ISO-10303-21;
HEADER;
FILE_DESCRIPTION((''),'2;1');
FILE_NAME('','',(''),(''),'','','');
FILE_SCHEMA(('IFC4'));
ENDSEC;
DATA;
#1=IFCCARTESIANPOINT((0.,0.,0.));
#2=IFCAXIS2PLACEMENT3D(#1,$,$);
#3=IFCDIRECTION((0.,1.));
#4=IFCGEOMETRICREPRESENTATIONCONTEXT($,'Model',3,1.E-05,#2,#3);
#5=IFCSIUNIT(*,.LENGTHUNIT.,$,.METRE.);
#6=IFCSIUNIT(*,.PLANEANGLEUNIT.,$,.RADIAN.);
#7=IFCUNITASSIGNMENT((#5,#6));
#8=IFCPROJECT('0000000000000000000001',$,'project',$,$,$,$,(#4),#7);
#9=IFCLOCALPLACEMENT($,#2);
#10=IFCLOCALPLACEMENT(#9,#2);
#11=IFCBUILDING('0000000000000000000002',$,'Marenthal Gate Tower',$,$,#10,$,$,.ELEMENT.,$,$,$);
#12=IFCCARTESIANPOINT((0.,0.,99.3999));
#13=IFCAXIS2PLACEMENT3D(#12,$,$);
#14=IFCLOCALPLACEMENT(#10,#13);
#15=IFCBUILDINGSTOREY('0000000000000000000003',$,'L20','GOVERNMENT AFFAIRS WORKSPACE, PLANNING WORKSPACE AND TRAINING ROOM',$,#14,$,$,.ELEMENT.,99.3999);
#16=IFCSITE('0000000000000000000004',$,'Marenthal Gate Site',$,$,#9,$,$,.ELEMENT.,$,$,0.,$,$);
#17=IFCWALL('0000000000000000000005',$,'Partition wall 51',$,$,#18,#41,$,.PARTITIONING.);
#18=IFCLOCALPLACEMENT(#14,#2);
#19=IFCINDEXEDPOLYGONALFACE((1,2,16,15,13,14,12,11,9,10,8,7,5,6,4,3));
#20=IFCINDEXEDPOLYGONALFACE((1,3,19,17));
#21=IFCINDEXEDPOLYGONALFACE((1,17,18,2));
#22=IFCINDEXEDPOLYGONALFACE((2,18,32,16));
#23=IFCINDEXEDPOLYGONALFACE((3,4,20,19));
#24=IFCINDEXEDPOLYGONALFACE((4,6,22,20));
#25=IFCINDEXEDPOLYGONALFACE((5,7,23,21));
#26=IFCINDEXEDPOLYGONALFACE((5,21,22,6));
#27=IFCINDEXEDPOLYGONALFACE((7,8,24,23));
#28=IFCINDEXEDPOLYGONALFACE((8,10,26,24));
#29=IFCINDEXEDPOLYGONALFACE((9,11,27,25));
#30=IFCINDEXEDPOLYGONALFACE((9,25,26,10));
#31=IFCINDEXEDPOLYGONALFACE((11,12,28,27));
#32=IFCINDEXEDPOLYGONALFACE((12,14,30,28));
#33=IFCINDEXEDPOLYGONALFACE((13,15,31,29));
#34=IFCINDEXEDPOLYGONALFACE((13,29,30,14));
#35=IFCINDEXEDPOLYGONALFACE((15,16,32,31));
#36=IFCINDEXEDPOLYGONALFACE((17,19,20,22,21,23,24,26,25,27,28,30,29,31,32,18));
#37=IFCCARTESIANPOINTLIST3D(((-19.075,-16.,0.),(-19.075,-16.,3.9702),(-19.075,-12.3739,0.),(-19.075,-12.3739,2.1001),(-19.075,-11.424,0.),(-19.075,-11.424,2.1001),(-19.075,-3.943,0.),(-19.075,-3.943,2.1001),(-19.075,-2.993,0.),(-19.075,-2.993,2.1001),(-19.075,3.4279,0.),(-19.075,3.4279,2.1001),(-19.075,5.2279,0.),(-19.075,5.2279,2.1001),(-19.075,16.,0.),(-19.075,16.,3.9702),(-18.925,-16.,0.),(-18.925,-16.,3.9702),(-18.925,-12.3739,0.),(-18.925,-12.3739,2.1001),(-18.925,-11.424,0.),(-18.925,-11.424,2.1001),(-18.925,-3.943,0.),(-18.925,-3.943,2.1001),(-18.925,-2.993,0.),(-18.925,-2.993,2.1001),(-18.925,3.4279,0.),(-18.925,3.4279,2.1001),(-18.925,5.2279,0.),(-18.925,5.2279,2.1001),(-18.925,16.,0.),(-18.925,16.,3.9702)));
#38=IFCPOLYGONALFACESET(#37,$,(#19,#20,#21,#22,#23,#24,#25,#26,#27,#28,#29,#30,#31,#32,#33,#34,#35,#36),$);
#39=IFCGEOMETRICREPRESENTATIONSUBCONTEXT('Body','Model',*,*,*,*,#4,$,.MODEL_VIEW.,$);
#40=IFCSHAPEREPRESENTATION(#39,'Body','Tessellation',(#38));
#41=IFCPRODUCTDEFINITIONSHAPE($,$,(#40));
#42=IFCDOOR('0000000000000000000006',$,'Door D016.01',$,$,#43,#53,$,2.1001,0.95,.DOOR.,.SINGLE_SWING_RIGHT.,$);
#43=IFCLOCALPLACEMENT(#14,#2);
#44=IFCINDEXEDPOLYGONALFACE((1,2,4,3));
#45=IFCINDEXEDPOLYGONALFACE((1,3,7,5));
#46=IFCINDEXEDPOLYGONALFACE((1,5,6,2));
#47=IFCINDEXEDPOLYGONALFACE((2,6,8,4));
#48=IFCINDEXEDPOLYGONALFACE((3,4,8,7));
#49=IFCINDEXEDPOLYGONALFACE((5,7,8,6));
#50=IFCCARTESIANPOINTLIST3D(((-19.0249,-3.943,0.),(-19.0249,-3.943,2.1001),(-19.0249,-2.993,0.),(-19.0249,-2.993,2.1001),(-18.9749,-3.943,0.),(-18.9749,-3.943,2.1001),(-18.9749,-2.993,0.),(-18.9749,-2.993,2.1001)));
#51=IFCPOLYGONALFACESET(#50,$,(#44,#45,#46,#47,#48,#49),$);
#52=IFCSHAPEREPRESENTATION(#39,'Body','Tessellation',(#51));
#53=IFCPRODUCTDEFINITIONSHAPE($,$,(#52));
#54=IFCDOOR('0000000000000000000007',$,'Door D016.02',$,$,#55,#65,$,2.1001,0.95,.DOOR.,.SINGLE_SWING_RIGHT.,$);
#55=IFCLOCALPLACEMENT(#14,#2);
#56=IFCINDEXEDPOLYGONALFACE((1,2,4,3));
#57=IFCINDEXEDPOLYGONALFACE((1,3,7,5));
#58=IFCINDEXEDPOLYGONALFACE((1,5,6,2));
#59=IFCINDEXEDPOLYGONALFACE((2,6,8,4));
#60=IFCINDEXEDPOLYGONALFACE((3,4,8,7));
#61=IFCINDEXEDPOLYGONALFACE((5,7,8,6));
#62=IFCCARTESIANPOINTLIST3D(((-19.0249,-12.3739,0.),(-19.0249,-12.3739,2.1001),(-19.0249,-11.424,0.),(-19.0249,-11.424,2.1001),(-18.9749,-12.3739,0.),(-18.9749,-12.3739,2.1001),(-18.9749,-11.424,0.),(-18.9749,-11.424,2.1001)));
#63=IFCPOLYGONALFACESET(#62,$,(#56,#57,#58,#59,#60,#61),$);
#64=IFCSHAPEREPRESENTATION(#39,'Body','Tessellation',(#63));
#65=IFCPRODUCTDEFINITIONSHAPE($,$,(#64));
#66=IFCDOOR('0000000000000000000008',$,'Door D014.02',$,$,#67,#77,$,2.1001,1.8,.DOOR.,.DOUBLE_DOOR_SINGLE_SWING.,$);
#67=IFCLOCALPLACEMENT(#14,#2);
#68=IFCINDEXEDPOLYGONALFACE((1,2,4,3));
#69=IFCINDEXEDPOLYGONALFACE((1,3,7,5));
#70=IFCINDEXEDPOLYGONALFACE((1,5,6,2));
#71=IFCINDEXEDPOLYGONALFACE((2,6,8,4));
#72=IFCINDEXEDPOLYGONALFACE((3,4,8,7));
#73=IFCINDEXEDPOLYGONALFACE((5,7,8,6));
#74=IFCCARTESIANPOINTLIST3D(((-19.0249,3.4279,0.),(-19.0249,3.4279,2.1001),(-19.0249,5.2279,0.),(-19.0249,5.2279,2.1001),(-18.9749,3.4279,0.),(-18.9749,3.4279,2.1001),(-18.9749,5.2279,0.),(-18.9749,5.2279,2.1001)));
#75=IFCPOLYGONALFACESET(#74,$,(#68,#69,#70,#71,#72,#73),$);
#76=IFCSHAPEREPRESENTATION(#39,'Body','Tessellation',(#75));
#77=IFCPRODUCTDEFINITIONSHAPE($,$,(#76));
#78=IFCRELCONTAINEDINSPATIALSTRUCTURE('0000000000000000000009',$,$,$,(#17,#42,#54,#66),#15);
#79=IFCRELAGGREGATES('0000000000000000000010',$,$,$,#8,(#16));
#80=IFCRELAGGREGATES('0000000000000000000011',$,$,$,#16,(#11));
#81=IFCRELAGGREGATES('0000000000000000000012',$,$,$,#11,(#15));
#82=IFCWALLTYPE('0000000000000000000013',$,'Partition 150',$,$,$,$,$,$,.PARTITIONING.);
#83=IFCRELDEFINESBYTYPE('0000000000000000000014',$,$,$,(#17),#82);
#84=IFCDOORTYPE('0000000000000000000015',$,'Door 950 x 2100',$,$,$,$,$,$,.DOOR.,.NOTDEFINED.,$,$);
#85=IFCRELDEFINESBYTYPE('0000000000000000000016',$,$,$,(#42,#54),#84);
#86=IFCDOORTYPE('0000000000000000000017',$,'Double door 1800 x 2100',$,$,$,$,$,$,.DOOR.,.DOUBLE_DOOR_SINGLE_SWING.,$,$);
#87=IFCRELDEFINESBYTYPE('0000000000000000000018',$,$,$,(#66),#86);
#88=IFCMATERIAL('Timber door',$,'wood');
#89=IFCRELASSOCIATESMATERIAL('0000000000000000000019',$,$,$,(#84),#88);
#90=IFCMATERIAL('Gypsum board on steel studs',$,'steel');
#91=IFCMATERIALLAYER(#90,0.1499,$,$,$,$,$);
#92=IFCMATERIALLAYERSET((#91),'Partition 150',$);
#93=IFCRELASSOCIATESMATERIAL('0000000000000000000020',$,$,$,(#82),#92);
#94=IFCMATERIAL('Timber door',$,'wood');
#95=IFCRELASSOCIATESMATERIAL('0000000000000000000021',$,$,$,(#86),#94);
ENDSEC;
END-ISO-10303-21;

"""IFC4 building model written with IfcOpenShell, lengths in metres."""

from ifc_helpers import new_model, si_unit, direction, frame, frame_2d, origin, place, context, subcontext, project, spatial, rectangle, extrude, material, layer, layer_set, type_object, element, fill, save


model = new_model("IFC4")

# Units and contexts
model_context = context("Model", 3, precision=1e-05, world=origin(), true_north=direction((0.0, 1.0)))
body_context = subcontext(model_context, "Body", "Model", "MODEL_VIEW")
ifc_project = project(units=[si_unit("LENGTHUNIT", "METRE"), si_unit("PLANEANGLEUNIT", "RADIAN")], contexts=[model_context])

# Site, building, storey
site_placement = place(None, origin())
site = spatial("IfcSite", under=ifc_project, at=site_placement, Name="Marenthal Gate Site", CompositionType="ELEMENT", RefElevation=0.0)
building_placement = place(site_placement, origin())
building = spatial("IfcBuilding", under=site, at=building_placement, Name="Marenthal Gate Tower", CompositionType="ELEMENT")
storey_placement = place(building_placement, frame((0.0, 0.0, 99.3999)))
storey = spatial("IfcBuildingStorey", under=building, at=storey_placement, Name="L20", Description="GOVERNMENT AFFAIRS WORKSPACE, PLANNING WORKSPACE AND TRAINING ROOM", CompositionType="ELEMENT", Elevation=99.3999)

# Wall, openings, doors
ifc_material_1 = material(Name="Timber door", Category="wood")
door_type_1 = type_object("IfcDoorType", Name="Door 950 x 2100", OperationType="NOTDEFINED", PredefinedType="DOOR", material=ifc_material_1)
ifc_material_2 = material(Name="Gypsum board on steel studs", Category="steel")
ifc_layer_1 = layer(ifc_material_2, 0.1499)
ifc_layer_set_1 = layer_set([ifc_layer_1], Name="Partition 150")
wall_type_1 = type_object("IfcWallType", Name="Partition 150", PredefinedType="PARTITIONING", material=ifc_layer_set_1)
wall_1_placement = place(storey_placement, frame((-19.0, -16.0, 0.0), z_axis=(0.0, 0.0, 1.0), x_axis=(0.0, 1.0, 0.0)))
wall_1 = element("IfcWall", 1, at=wall_1_placement, inside=storey, type_object=wall_type_1, Name="Partition wall 51", PredefinedType="PARTITIONING", context=body_context, shape_type="SweptSolid", body=[
    extrude(rectangle(XDim=32.0, YDim=0.1499, at=frame_2d((16.0, 0.0))), origin(), (0.0, 0.0, 1.0), 3.9702),
])
opening_1_placement = place(wall_1_placement, frame((12.0569, 0.0, 0.0)))
opening_1 = element("IfcOpeningElement", 2, at=opening_1_placement, cuts=wall_1, PredefinedType="OPENING", context=body_context, shape_type="SweptSolid", body=[
    extrude(rectangle(XDim=0.95, YDim=2.1001, at=frame_2d((0.4751, 1.05))), frame((0.0, 0.085, 0.0), z_axis=(0.0, -1.0, 0.0), x_axis=(1.0, 0.0, 0.0)), (0.0, 0.0, 1.0), 0.1699),
])
opening_2_placement = place(wall_1_placement, frame((3.626, 0.0, 0.0)))
opening_2 = element("IfcOpeningElement", 3, at=opening_2_placement, cuts=wall_1, PredefinedType="OPENING", context=body_context, shape_type="SweptSolid", body=[
    extrude(rectangle(XDim=0.95, YDim=2.1001, at=frame_2d((0.4751, 1.05))), frame((0.0, 0.085, 0.0), z_axis=(0.0, -1.0, 0.0), x_axis=(1.0, 0.0, 0.0)), (0.0, 0.0, 1.0), 0.1699),
])
opening_3_placement = place(wall_1_placement, frame((19.428, 0.0, 0.0)))
opening_3 = element("IfcOpeningElement", 4, at=opening_3_placement, cuts=wall_1, PredefinedType="OPENING", context=body_context, shape_type="SweptSolid", body=[
    extrude(rectangle(XDim=1.8, YDim=2.1001, at=frame_2d((0.8999, 1.05))), frame((0.0, 0.085, 0.0), z_axis=(0.0, -1.0, 0.0), x_axis=(1.0, 0.0, 0.0)), (0.0, 0.0, 1.0), 0.1699),
])
door_1_placement = place(opening_1_placement, origin())
door_1 = element("IfcDoor", 5, at=door_1_placement, inside=storey, type_object=door_type_1, Name="Door D016.01", OperationType="SINGLE_SWING_RIGHT", OverallHeight=2.1001, OverallWidth=0.95, PredefinedType="DOOR", context=body_context, shape_type="SweptSolid", body=[
    extrude(rectangle(XDim=0.95, YDim=2.1001, at=frame_2d((0.4751, 1.05))), frame((0.0, 0.0249, 0.0), z_axis=(0.0, -1.0, 0.0), x_axis=(1.0, 0.0, 0.0)), (0.0, 0.0, 1.0), 0.05),
])
fill(opening_1, door_1)
door_2_placement = place(opening_2_placement, origin())
door_2 = element("IfcDoor", 6, at=door_2_placement, inside=storey, type_object=door_type_1, Name="Door D016.02", OperationType="SINGLE_SWING_RIGHT", OverallHeight=2.1001, OverallWidth=0.95, PredefinedType="DOOR", context=body_context, shape_type="SweptSolid", body=[
    extrude(rectangle(XDim=0.95, YDim=2.1001, at=frame_2d((0.4751, 1.05))), frame((0.0, 0.0249, 0.0), z_axis=(0.0, -1.0, 0.0), x_axis=(1.0, 0.0, 0.0)), (0.0, 0.0, 1.0), 0.05),
])
fill(opening_2, door_2)
ifc_material_3 = material(Name="Timber door", Category="wood")
door_type_2 = type_object("IfcDoorType", Name="Double door 1800 x 2100", OperationType="DOUBLE_DOOR_SINGLE_SWING", PredefinedType="DOOR", material=ifc_material_3)
door_3_placement = place(opening_3_placement, origin())
door_3 = element("IfcDoor", 7, at=door_3_placement, inside=storey, type_object=door_type_2, Name="Door D014.02", OperationType="DOUBLE_DOOR_SINGLE_SWING", OverallHeight=2.1001, OverallWidth=1.8, PredefinedType="DOOR", context=body_context, shape_type="SweptSolid", body=[
    extrude(rectangle(XDim=1.8, YDim=2.1001, at=frame_2d((0.8999, 1.05))), frame((0.0, 0.0249, 0.0), z_axis=(0.0, -1.0, 0.0), x_axis=(1.0, 0.0, 0.0)), (0.0, 0.0, 1.0), 0.05),
])
fill(opening_3, door_3)

save(model, "model.ifc")
